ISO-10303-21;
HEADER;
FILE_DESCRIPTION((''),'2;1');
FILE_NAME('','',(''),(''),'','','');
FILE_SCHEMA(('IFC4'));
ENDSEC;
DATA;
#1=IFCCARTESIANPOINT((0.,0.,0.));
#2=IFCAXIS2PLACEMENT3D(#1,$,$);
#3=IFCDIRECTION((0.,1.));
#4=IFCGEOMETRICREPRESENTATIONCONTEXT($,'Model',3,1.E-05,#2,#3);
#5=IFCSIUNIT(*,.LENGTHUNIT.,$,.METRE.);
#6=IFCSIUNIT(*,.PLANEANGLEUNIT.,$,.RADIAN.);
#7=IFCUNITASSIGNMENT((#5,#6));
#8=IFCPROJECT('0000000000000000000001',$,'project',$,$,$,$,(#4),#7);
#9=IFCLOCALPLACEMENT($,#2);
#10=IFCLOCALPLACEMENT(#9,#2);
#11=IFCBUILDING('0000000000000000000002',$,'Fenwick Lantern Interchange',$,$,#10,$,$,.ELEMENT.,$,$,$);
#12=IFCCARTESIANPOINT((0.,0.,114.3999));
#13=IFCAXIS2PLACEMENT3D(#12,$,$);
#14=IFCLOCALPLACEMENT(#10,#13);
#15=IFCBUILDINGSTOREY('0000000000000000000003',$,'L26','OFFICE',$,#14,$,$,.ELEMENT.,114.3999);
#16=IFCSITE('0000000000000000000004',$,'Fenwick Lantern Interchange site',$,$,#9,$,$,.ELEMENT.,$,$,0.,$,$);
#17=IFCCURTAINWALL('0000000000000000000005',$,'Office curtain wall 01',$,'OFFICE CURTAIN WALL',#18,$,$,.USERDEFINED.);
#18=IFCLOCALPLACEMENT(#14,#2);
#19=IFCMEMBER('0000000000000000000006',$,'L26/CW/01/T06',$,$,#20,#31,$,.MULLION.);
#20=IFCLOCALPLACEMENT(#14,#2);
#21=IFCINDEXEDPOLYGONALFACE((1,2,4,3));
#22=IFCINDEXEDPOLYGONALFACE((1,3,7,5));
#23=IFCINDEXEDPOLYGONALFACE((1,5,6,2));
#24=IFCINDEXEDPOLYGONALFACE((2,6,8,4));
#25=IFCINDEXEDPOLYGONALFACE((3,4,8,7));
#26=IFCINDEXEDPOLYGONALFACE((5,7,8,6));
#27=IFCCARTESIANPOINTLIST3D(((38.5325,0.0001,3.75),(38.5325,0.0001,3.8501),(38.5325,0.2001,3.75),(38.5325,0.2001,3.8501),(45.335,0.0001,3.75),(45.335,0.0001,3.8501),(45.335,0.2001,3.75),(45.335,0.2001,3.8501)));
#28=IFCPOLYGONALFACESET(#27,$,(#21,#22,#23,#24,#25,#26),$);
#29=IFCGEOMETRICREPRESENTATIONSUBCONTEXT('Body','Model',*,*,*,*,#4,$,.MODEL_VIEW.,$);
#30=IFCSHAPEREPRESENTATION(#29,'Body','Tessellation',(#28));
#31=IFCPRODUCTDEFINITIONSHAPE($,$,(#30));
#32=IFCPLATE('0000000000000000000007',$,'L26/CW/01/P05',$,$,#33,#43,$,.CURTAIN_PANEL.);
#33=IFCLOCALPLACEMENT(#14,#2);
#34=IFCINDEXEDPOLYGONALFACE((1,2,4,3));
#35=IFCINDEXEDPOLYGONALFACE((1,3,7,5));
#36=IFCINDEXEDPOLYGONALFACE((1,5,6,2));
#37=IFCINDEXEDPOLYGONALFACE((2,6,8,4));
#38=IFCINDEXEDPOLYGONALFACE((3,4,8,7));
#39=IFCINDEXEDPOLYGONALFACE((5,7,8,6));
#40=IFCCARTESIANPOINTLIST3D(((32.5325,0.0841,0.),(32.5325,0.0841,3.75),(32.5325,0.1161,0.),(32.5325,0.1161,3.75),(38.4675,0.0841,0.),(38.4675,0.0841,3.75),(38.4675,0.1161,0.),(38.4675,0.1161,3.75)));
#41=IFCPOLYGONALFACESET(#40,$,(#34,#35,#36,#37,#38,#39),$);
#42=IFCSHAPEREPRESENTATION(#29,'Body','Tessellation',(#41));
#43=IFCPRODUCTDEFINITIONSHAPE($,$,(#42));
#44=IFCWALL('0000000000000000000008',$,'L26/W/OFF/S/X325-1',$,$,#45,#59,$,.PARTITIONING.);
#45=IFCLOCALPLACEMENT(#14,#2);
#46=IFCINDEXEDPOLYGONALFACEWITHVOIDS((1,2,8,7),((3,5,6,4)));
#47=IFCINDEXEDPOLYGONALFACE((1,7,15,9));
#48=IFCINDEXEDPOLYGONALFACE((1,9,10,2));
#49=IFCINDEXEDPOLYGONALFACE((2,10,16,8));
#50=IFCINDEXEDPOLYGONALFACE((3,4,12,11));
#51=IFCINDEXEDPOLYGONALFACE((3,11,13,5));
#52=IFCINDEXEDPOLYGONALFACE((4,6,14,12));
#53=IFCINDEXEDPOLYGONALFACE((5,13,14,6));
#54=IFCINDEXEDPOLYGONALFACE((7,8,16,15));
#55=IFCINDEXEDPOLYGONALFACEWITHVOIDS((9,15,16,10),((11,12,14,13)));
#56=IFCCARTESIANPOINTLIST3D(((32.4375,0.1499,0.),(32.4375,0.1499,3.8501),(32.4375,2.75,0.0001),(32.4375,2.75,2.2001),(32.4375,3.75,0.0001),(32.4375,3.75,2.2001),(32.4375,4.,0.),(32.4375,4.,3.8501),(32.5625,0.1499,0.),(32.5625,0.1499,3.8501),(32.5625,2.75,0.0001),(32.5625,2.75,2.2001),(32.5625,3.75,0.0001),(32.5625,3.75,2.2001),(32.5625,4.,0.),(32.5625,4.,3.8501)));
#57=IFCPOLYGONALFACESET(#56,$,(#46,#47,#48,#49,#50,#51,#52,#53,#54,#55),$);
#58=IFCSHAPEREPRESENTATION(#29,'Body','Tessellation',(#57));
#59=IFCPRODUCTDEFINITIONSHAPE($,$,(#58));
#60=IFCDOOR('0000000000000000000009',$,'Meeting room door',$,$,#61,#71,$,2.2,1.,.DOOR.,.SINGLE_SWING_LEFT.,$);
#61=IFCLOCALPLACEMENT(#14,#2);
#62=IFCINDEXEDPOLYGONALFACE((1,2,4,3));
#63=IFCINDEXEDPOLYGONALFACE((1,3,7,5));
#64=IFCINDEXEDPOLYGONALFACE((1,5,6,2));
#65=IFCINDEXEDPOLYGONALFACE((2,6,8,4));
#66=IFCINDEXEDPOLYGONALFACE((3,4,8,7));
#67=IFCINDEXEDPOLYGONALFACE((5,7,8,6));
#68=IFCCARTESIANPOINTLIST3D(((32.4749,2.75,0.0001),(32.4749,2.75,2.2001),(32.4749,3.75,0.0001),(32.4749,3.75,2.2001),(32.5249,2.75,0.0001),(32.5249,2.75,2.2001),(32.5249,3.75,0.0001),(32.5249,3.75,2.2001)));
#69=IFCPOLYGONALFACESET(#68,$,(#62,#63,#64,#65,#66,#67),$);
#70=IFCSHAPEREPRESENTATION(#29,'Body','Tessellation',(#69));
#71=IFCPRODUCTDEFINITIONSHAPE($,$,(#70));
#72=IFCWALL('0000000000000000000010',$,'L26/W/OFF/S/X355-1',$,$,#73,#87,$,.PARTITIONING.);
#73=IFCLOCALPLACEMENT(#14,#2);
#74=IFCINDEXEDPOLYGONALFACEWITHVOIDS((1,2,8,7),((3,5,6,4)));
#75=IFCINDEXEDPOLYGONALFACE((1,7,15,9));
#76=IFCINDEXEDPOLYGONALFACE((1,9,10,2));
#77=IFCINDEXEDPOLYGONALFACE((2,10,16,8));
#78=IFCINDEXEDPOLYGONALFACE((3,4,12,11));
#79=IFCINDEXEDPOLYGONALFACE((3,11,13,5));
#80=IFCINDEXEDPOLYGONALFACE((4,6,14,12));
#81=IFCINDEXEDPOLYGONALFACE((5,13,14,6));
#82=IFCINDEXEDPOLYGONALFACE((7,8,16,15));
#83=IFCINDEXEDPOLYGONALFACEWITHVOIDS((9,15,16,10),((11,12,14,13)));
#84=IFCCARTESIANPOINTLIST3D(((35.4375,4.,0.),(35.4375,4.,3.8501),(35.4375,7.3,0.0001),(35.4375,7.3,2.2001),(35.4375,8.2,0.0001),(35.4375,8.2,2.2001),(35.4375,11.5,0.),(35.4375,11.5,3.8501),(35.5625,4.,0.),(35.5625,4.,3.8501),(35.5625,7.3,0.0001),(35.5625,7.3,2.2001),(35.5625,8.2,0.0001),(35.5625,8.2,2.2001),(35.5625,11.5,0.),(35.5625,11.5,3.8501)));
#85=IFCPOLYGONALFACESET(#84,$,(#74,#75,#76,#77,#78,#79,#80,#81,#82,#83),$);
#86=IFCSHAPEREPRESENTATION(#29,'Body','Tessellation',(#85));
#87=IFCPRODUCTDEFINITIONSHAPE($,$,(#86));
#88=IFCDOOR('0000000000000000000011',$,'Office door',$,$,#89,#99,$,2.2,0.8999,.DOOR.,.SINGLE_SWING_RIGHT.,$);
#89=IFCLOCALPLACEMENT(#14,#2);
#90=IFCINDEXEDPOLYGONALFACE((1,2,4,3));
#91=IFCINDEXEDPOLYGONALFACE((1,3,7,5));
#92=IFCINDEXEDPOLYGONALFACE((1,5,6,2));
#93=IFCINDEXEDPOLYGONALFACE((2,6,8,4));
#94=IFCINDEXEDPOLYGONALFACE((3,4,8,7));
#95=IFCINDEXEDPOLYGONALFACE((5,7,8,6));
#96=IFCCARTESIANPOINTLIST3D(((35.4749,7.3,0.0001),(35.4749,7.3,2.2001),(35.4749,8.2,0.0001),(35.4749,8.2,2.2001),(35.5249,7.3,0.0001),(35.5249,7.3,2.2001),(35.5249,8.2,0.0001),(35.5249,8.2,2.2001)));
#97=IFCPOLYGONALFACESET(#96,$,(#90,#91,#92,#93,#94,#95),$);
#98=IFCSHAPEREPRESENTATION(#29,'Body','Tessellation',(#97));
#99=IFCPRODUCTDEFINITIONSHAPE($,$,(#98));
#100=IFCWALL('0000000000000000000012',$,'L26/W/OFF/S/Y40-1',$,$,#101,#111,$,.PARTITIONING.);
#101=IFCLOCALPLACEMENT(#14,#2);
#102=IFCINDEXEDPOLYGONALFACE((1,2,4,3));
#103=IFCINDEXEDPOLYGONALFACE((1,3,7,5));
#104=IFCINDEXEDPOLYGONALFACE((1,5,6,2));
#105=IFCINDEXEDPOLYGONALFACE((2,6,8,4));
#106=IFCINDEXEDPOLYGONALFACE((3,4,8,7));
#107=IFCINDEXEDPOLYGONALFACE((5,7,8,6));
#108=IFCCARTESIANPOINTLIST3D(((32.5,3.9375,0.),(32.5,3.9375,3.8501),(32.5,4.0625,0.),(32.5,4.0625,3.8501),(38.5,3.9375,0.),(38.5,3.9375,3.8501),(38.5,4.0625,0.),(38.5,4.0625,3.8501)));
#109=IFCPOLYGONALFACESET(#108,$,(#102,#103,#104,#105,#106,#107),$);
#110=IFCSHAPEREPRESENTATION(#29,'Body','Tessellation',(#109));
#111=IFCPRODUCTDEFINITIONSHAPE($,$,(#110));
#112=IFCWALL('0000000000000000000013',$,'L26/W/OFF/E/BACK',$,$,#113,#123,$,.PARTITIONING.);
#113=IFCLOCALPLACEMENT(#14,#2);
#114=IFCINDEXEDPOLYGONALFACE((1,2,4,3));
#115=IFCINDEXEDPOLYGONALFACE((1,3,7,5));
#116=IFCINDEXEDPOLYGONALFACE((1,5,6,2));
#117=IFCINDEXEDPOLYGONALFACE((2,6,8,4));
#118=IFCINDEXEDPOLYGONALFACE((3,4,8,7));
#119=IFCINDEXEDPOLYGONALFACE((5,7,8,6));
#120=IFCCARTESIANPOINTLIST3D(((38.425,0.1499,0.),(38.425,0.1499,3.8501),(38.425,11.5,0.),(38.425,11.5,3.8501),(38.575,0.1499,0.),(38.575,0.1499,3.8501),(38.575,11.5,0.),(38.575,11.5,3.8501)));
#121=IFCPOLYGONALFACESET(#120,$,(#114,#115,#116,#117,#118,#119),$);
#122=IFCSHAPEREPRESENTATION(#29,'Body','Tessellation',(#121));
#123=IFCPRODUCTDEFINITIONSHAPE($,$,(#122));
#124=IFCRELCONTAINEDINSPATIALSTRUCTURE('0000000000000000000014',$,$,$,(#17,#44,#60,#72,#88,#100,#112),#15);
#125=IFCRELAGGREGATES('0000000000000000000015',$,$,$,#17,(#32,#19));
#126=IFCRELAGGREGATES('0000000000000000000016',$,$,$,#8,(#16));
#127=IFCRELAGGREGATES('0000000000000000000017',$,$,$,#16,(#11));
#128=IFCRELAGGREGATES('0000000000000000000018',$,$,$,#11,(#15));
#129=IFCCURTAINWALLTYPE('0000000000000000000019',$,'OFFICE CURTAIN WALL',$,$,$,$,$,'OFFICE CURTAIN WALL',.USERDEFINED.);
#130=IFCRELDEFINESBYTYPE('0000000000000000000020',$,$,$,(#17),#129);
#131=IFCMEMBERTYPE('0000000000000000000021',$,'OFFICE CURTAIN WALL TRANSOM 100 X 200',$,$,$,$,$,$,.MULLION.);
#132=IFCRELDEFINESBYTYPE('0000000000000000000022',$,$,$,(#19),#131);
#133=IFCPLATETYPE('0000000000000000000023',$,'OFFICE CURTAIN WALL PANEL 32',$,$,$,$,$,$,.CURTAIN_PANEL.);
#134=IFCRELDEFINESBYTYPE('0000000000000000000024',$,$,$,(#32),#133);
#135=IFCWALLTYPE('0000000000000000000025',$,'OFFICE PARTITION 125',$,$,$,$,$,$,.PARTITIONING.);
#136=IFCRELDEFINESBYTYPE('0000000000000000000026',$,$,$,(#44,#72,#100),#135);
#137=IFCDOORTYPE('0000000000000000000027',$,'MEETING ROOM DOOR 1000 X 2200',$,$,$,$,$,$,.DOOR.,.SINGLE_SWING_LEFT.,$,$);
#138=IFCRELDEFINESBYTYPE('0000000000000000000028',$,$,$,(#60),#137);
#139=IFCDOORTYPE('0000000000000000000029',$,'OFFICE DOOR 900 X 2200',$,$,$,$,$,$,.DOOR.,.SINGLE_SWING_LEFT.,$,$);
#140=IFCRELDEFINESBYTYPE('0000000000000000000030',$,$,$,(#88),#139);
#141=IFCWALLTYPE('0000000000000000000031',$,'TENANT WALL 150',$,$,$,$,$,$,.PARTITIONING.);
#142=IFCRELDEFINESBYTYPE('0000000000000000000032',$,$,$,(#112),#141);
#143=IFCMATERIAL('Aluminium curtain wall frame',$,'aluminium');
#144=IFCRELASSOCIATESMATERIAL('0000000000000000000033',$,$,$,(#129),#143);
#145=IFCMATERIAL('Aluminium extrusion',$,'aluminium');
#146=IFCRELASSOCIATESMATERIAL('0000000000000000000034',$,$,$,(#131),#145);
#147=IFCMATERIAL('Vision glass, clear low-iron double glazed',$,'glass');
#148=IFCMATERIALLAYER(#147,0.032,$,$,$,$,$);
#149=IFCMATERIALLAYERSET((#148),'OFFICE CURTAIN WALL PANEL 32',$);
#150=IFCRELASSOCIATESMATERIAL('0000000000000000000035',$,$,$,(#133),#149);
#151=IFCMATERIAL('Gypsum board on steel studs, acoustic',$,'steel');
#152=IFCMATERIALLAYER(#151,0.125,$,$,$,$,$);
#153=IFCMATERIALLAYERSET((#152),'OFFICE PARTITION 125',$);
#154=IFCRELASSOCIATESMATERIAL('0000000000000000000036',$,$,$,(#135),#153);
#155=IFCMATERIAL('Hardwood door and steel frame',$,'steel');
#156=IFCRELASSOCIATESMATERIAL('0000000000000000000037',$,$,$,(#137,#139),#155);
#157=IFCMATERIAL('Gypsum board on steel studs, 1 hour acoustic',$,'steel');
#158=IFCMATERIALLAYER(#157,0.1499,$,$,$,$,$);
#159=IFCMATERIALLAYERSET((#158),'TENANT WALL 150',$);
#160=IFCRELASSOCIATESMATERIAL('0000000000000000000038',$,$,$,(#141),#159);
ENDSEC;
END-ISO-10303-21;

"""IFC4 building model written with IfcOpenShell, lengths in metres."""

from ifc_helpers import new_model, si_unit, direction, frame, frame_2d, origin, origin_2d, place, context, subcontext, project, spatial, rectangle, extrude, material, layer, layer_set, material_profile, profile_set, type_object, element, fill, aggregate, save


model = new_model("IFC4")

# Units and contexts
model_context = context("Model", 3, precision=1e-05, world=origin(), true_north=direction((0.0, 1.0)))
body_context = subcontext(model_context, "Body", "Model", "MODEL_VIEW")
ifc_project = project(units=[si_unit("LENGTHUNIT", "METRE"), si_unit("PLANEANGLEUNIT", "RADIAN")], contexts=[model_context])

# Site, building, storey
site_placement = place(None, origin())
site = spatial("IfcSite", under=ifc_project, at=site_placement, Name="Fenwick Lantern Interchange site", CompositionType="ELEMENT", RefElevation=0.0)
building_placement = place(site_placement, origin())
building = spatial("IfcBuilding", under=site, at=building_placement, Name="Fenwick Lantern Interchange", CompositionType="ELEMENT")
storey_placement = place(building_placement, frame((0.0, 0.0, 114.3999)))
storey = spatial("IfcBuildingStorey", under=building, at=storey_placement, Name="L26", Description="OFFICE", CompositionType="ELEMENT", Elevation=114.3999)

# Curtain wall, member, plate
ifc_material_1 = material(Name="Aluminium curtain wall frame", Category="aluminium")
curtain_wall_type = type_object("IfcCurtainWallType", Name="OFFICE CURTAIN WALL", ElementType="OFFICE CURTAIN WALL", PredefinedType="USERDEFINED", material=ifc_material_1)
curtain_wall_placement = place(storey_placement, origin())
curtain_wall = element("IfcCurtainWall", 1, at=curtain_wall_placement, inside=storey, type_object=curtain_wall_type, Name="Office curtain wall 01", ObjectType="OFFICE CURTAIN WALL", PredefinedType="USERDEFINED")
ifc_material_2 = material(Name="Aluminium extrusion", Category="aluminium")
ifc_material_profile_1 = material_profile(ifc_material_2, rectangle(XDim=0.2, YDim=0.1001, at=origin_2d()), Name="OFFICE CURTAIN WALL TRANSOM 100 X 200")
ifc_profile_set_1 = profile_set([ifc_material_profile_1], Name="Aluminium extrusion")
member_type_1 = type_object("IfcMemberType", Name="OFFICE CURTAIN WALL TRANSOM 100 X 200", PredefinedType="MULLION", material=ifc_profile_set_1)
member_1_placement = place(storey_placement, frame((38.5325, 0.1001, 3.8), z_axis=(1.0, 0.0, 0.0), x_axis=(0.0, 1.0, 0.0)))
member_1 = element("IfcMember", 2, at=member_1_placement, type_object=member_type_1, Name="L26/CW/01/T06", PredefinedType="MULLION", context=body_context, shape_type="SweptSolid", body=[
    extrude(rectangle(XDim=0.2, YDim=0.1001, at=origin_2d()), origin(), (0.0, 0.0, 1.0), 6.8025),
])
ifc_material_3 = material(Name="Vision glass, clear low-iron double glazed", Category="glass")
ifc_layer_1 = layer(ifc_material_3, 0.032)
ifc_layer_set_1 = layer_set([ifc_layer_1], Name="OFFICE CURTAIN WALL PANEL 32")
plate_type = type_object("IfcPlateType", Name="OFFICE CURTAIN WALL PANEL 32", PredefinedType="CURTAIN_PANEL", material=ifc_layer_set_1)
plate_placement = place(storey_placement, frame((35.5, 0.1001, 0.0), z_axis=(0.0, 0.0, 1.0), x_axis=(1.0, 0.0, 0.0)))
plate = element("IfcPlate", 3, at=plate_placement, type_object=plate_type, Name="L26/CW/01/P05", PredefinedType="CURTAIN_PANEL", context=body_context, shape_type="SweptSolid", body=[
    extrude(rectangle(XDim=5.9351, YDim=0.032, at=origin_2d()), origin(), (0.0, 0.0, 1.0), 3.75),
])
aggregate(curtain_wall, [plate, member_1])

# Walls, openings, doors
ifc_material_4 = material(Name="Gypsum board on steel studs, acoustic", Category="steel")
ifc_layer_2 = layer(ifc_material_4, 0.125)
ifc_layer_set_2 = layer_set([ifc_layer_2], Name="OFFICE PARTITION 125")
wall_type_1 = type_object("IfcWallType", Name="OFFICE PARTITION 125", PredefinedType="PARTITIONING", material=ifc_layer_set_2)
wall_1_placement = place(storey_placement, frame((32.5, 0.1499, 0.0), z_axis=(0.0, 0.0, 1.0), x_axis=(0.0, 1.0, 0.0)))
wall_1 = element("IfcWall", 4, at=wall_1_placement, inside=storey, type_object=wall_type_1, Name="L26/W/OFF/S/X325-1", PredefinedType="PARTITIONING", context=body_context, shape_type="SweptSolid", body=[
    extrude(rectangle(XDim=3.8501, YDim=0.125, at=frame_2d((1.925, 0.0))), origin(), (0.0, 0.0, 1.0), 3.8501),
])
opening_1_placement = place(wall_1_placement, frame((2.6001, 0.0, 0.0)))
opening_1 = element("IfcOpeningElement", 5, at=opening_1_placement, cuts=wall_1, PredefinedType="OPENING", context=body_context, shape_type="SweptSolid", body=[
    extrude(rectangle(XDim=1.0, YDim=2.2, at=frame_2d((0.5, 1.1001))), frame((0.0, 0.0725, 0.0), z_axis=(0.0, -1.0, 0.0), x_axis=(1.0, 0.0, 0.0)), (0.0, 0.0, 1.0), 0.145),
])
ifc_material_5 = material(Name="Hardwood door and steel frame", Category="steel")
door_type_1 = type_object("IfcDoorType", Name="MEETING ROOM DOOR 1000 X 2200", OperationType="SINGLE_SWING_LEFT", PredefinedType="DOOR", material=ifc_material_5)
door_1_placement = place(opening_1_placement, frame((1.0, 0.0, 0.0), z_axis=(0.0, 0.0, 1.0), x_axis=(-1.0, 0.0, 0.0)))
door_1 = element("IfcDoor", 6, at=door_1_placement, inside=storey, type_object=door_type_1, Name="Meeting room door", OperationType="SINGLE_SWING_LEFT", OverallHeight=2.2, OverallWidth=1.0, PredefinedType="DOOR", context=body_context, shape_type="SweptSolid", body=[
    extrude(rectangle(XDim=1.0, YDim=2.2, at=frame_2d((0.5, 1.1001))), frame((0.0, 0.0249, 0.0), z_axis=(0.0, -1.0, 0.0), x_axis=(1.0, 0.0, 0.0)), (0.0, 0.0, 1.0), 0.05),
])
fill(opening_1, door_1)
wall_2_placement = place(storey_placement, frame((35.5, 4.0, 0.0), z_axis=(0.0, 0.0, 1.0), x_axis=(0.0, 1.0, 0.0)))
wall_2 = element("IfcWall", 7, at=wall_2_placement, inside=storey, type_object=wall_type_1, Name="L26/W/OFF/S/X355-1", PredefinedType="PARTITIONING", context=body_context, shape_type="SweptSolid", body=[
    extrude(rectangle(XDim=7.5, YDim=0.125, at=frame_2d((3.75, 0.0))), origin(), (0.0, 0.0, 1.0), 3.8501),
])
opening_2_placement = place(wall_2_placement, frame((3.3, 0.0, 0.0)))
opening_2 = element("IfcOpeningElement", 8, at=opening_2_placement, cuts=wall_2, PredefinedType="OPENING", context=body_context, shape_type="SweptSolid", body=[
    extrude(rectangle(XDim=0.8999, YDim=2.2, at=frame_2d((0.45, 1.1001))), frame((0.0, 0.0725, 0.0), z_axis=(0.0, -1.0, 0.0), x_axis=(1.0, 0.0, 0.0)), (0.0, 0.0, 1.0), 0.145),
])
door_type_2 = type_object("IfcDoorType", Name="OFFICE DOOR 900 X 2200", OperationType="SINGLE_SWING_LEFT", PredefinedType="DOOR", material=ifc_material_5)
door_2_placement = place(opening_2_placement, frame((0.8999, 0.0, 0.0), z_axis=(0.0, 0.0, 1.0), x_axis=(-1.0, 0.0, 0.0)))
door_2 = element("IfcDoor", 9, at=door_2_placement, inside=storey, type_object=door_type_2, Name="Office door", OperationType="SINGLE_SWING_RIGHT", OverallHeight=2.2, OverallWidth=0.8999, PredefinedType="DOOR", context=body_context, shape_type="SweptSolid", body=[
    extrude(rectangle(XDim=0.8999, YDim=2.2, at=frame_2d((0.45, 1.1001))), frame((0.0, 0.0249, 0.0), z_axis=(0.0, -1.0, 0.0), x_axis=(1.0, 0.0, 0.0)), (0.0, 0.0, 1.0), 0.05),
])
fill(opening_2, door_2)

# Walls
wall_3_placement = place(storey_placement, frame((32.5, 4.0, 0.0), z_axis=(0.0, 0.0, 1.0), x_axis=(1.0, 0.0, 0.0)))
element("IfcWall", 10, at=wall_3_placement, inside=storey, type_object=wall_type_1, Name="L26/W/OFF/S/Y40-1", PredefinedType="PARTITIONING", context=body_context, shape_type="SweptSolid", body=[
    extrude(rectangle(XDim=6.0, YDim=0.125, at=frame_2d((3.0, 0.0))), origin(), (0.0, 0.0, 1.0), 3.8501),
])
ifc_material_6 = material(Name="Gypsum board on steel studs, 1 hour acoustic", Category="steel")
ifc_layer_3 = layer(ifc_material_6, 0.1499)
ifc_layer_set_3 = layer_set([ifc_layer_3], Name="TENANT WALL 150")
wall_type_2 = type_object("IfcWallType", Name="TENANT WALL 150", PredefinedType="PARTITIONING", material=ifc_layer_set_3)
wall_4_placement = place(storey_placement, frame((38.5, 0.1499, 0.0), z_axis=(0.0, 0.0, 1.0), x_axis=(0.0, 1.0, 0.0)))
element("IfcWall", 11, at=wall_4_placement, inside=storey, type_object=wall_type_2, Name="L26/W/OFF/E/BACK", PredefinedType="PARTITIONING", context=body_context, shape_type="SweptSolid", body=[
    extrude(rectangle(XDim=11.3501, YDim=0.1499, at=frame_2d((5.675, 0.0))), origin(), (0.0, 0.0, 1.0), 3.8501),
])

save(model, "model.ifc")
